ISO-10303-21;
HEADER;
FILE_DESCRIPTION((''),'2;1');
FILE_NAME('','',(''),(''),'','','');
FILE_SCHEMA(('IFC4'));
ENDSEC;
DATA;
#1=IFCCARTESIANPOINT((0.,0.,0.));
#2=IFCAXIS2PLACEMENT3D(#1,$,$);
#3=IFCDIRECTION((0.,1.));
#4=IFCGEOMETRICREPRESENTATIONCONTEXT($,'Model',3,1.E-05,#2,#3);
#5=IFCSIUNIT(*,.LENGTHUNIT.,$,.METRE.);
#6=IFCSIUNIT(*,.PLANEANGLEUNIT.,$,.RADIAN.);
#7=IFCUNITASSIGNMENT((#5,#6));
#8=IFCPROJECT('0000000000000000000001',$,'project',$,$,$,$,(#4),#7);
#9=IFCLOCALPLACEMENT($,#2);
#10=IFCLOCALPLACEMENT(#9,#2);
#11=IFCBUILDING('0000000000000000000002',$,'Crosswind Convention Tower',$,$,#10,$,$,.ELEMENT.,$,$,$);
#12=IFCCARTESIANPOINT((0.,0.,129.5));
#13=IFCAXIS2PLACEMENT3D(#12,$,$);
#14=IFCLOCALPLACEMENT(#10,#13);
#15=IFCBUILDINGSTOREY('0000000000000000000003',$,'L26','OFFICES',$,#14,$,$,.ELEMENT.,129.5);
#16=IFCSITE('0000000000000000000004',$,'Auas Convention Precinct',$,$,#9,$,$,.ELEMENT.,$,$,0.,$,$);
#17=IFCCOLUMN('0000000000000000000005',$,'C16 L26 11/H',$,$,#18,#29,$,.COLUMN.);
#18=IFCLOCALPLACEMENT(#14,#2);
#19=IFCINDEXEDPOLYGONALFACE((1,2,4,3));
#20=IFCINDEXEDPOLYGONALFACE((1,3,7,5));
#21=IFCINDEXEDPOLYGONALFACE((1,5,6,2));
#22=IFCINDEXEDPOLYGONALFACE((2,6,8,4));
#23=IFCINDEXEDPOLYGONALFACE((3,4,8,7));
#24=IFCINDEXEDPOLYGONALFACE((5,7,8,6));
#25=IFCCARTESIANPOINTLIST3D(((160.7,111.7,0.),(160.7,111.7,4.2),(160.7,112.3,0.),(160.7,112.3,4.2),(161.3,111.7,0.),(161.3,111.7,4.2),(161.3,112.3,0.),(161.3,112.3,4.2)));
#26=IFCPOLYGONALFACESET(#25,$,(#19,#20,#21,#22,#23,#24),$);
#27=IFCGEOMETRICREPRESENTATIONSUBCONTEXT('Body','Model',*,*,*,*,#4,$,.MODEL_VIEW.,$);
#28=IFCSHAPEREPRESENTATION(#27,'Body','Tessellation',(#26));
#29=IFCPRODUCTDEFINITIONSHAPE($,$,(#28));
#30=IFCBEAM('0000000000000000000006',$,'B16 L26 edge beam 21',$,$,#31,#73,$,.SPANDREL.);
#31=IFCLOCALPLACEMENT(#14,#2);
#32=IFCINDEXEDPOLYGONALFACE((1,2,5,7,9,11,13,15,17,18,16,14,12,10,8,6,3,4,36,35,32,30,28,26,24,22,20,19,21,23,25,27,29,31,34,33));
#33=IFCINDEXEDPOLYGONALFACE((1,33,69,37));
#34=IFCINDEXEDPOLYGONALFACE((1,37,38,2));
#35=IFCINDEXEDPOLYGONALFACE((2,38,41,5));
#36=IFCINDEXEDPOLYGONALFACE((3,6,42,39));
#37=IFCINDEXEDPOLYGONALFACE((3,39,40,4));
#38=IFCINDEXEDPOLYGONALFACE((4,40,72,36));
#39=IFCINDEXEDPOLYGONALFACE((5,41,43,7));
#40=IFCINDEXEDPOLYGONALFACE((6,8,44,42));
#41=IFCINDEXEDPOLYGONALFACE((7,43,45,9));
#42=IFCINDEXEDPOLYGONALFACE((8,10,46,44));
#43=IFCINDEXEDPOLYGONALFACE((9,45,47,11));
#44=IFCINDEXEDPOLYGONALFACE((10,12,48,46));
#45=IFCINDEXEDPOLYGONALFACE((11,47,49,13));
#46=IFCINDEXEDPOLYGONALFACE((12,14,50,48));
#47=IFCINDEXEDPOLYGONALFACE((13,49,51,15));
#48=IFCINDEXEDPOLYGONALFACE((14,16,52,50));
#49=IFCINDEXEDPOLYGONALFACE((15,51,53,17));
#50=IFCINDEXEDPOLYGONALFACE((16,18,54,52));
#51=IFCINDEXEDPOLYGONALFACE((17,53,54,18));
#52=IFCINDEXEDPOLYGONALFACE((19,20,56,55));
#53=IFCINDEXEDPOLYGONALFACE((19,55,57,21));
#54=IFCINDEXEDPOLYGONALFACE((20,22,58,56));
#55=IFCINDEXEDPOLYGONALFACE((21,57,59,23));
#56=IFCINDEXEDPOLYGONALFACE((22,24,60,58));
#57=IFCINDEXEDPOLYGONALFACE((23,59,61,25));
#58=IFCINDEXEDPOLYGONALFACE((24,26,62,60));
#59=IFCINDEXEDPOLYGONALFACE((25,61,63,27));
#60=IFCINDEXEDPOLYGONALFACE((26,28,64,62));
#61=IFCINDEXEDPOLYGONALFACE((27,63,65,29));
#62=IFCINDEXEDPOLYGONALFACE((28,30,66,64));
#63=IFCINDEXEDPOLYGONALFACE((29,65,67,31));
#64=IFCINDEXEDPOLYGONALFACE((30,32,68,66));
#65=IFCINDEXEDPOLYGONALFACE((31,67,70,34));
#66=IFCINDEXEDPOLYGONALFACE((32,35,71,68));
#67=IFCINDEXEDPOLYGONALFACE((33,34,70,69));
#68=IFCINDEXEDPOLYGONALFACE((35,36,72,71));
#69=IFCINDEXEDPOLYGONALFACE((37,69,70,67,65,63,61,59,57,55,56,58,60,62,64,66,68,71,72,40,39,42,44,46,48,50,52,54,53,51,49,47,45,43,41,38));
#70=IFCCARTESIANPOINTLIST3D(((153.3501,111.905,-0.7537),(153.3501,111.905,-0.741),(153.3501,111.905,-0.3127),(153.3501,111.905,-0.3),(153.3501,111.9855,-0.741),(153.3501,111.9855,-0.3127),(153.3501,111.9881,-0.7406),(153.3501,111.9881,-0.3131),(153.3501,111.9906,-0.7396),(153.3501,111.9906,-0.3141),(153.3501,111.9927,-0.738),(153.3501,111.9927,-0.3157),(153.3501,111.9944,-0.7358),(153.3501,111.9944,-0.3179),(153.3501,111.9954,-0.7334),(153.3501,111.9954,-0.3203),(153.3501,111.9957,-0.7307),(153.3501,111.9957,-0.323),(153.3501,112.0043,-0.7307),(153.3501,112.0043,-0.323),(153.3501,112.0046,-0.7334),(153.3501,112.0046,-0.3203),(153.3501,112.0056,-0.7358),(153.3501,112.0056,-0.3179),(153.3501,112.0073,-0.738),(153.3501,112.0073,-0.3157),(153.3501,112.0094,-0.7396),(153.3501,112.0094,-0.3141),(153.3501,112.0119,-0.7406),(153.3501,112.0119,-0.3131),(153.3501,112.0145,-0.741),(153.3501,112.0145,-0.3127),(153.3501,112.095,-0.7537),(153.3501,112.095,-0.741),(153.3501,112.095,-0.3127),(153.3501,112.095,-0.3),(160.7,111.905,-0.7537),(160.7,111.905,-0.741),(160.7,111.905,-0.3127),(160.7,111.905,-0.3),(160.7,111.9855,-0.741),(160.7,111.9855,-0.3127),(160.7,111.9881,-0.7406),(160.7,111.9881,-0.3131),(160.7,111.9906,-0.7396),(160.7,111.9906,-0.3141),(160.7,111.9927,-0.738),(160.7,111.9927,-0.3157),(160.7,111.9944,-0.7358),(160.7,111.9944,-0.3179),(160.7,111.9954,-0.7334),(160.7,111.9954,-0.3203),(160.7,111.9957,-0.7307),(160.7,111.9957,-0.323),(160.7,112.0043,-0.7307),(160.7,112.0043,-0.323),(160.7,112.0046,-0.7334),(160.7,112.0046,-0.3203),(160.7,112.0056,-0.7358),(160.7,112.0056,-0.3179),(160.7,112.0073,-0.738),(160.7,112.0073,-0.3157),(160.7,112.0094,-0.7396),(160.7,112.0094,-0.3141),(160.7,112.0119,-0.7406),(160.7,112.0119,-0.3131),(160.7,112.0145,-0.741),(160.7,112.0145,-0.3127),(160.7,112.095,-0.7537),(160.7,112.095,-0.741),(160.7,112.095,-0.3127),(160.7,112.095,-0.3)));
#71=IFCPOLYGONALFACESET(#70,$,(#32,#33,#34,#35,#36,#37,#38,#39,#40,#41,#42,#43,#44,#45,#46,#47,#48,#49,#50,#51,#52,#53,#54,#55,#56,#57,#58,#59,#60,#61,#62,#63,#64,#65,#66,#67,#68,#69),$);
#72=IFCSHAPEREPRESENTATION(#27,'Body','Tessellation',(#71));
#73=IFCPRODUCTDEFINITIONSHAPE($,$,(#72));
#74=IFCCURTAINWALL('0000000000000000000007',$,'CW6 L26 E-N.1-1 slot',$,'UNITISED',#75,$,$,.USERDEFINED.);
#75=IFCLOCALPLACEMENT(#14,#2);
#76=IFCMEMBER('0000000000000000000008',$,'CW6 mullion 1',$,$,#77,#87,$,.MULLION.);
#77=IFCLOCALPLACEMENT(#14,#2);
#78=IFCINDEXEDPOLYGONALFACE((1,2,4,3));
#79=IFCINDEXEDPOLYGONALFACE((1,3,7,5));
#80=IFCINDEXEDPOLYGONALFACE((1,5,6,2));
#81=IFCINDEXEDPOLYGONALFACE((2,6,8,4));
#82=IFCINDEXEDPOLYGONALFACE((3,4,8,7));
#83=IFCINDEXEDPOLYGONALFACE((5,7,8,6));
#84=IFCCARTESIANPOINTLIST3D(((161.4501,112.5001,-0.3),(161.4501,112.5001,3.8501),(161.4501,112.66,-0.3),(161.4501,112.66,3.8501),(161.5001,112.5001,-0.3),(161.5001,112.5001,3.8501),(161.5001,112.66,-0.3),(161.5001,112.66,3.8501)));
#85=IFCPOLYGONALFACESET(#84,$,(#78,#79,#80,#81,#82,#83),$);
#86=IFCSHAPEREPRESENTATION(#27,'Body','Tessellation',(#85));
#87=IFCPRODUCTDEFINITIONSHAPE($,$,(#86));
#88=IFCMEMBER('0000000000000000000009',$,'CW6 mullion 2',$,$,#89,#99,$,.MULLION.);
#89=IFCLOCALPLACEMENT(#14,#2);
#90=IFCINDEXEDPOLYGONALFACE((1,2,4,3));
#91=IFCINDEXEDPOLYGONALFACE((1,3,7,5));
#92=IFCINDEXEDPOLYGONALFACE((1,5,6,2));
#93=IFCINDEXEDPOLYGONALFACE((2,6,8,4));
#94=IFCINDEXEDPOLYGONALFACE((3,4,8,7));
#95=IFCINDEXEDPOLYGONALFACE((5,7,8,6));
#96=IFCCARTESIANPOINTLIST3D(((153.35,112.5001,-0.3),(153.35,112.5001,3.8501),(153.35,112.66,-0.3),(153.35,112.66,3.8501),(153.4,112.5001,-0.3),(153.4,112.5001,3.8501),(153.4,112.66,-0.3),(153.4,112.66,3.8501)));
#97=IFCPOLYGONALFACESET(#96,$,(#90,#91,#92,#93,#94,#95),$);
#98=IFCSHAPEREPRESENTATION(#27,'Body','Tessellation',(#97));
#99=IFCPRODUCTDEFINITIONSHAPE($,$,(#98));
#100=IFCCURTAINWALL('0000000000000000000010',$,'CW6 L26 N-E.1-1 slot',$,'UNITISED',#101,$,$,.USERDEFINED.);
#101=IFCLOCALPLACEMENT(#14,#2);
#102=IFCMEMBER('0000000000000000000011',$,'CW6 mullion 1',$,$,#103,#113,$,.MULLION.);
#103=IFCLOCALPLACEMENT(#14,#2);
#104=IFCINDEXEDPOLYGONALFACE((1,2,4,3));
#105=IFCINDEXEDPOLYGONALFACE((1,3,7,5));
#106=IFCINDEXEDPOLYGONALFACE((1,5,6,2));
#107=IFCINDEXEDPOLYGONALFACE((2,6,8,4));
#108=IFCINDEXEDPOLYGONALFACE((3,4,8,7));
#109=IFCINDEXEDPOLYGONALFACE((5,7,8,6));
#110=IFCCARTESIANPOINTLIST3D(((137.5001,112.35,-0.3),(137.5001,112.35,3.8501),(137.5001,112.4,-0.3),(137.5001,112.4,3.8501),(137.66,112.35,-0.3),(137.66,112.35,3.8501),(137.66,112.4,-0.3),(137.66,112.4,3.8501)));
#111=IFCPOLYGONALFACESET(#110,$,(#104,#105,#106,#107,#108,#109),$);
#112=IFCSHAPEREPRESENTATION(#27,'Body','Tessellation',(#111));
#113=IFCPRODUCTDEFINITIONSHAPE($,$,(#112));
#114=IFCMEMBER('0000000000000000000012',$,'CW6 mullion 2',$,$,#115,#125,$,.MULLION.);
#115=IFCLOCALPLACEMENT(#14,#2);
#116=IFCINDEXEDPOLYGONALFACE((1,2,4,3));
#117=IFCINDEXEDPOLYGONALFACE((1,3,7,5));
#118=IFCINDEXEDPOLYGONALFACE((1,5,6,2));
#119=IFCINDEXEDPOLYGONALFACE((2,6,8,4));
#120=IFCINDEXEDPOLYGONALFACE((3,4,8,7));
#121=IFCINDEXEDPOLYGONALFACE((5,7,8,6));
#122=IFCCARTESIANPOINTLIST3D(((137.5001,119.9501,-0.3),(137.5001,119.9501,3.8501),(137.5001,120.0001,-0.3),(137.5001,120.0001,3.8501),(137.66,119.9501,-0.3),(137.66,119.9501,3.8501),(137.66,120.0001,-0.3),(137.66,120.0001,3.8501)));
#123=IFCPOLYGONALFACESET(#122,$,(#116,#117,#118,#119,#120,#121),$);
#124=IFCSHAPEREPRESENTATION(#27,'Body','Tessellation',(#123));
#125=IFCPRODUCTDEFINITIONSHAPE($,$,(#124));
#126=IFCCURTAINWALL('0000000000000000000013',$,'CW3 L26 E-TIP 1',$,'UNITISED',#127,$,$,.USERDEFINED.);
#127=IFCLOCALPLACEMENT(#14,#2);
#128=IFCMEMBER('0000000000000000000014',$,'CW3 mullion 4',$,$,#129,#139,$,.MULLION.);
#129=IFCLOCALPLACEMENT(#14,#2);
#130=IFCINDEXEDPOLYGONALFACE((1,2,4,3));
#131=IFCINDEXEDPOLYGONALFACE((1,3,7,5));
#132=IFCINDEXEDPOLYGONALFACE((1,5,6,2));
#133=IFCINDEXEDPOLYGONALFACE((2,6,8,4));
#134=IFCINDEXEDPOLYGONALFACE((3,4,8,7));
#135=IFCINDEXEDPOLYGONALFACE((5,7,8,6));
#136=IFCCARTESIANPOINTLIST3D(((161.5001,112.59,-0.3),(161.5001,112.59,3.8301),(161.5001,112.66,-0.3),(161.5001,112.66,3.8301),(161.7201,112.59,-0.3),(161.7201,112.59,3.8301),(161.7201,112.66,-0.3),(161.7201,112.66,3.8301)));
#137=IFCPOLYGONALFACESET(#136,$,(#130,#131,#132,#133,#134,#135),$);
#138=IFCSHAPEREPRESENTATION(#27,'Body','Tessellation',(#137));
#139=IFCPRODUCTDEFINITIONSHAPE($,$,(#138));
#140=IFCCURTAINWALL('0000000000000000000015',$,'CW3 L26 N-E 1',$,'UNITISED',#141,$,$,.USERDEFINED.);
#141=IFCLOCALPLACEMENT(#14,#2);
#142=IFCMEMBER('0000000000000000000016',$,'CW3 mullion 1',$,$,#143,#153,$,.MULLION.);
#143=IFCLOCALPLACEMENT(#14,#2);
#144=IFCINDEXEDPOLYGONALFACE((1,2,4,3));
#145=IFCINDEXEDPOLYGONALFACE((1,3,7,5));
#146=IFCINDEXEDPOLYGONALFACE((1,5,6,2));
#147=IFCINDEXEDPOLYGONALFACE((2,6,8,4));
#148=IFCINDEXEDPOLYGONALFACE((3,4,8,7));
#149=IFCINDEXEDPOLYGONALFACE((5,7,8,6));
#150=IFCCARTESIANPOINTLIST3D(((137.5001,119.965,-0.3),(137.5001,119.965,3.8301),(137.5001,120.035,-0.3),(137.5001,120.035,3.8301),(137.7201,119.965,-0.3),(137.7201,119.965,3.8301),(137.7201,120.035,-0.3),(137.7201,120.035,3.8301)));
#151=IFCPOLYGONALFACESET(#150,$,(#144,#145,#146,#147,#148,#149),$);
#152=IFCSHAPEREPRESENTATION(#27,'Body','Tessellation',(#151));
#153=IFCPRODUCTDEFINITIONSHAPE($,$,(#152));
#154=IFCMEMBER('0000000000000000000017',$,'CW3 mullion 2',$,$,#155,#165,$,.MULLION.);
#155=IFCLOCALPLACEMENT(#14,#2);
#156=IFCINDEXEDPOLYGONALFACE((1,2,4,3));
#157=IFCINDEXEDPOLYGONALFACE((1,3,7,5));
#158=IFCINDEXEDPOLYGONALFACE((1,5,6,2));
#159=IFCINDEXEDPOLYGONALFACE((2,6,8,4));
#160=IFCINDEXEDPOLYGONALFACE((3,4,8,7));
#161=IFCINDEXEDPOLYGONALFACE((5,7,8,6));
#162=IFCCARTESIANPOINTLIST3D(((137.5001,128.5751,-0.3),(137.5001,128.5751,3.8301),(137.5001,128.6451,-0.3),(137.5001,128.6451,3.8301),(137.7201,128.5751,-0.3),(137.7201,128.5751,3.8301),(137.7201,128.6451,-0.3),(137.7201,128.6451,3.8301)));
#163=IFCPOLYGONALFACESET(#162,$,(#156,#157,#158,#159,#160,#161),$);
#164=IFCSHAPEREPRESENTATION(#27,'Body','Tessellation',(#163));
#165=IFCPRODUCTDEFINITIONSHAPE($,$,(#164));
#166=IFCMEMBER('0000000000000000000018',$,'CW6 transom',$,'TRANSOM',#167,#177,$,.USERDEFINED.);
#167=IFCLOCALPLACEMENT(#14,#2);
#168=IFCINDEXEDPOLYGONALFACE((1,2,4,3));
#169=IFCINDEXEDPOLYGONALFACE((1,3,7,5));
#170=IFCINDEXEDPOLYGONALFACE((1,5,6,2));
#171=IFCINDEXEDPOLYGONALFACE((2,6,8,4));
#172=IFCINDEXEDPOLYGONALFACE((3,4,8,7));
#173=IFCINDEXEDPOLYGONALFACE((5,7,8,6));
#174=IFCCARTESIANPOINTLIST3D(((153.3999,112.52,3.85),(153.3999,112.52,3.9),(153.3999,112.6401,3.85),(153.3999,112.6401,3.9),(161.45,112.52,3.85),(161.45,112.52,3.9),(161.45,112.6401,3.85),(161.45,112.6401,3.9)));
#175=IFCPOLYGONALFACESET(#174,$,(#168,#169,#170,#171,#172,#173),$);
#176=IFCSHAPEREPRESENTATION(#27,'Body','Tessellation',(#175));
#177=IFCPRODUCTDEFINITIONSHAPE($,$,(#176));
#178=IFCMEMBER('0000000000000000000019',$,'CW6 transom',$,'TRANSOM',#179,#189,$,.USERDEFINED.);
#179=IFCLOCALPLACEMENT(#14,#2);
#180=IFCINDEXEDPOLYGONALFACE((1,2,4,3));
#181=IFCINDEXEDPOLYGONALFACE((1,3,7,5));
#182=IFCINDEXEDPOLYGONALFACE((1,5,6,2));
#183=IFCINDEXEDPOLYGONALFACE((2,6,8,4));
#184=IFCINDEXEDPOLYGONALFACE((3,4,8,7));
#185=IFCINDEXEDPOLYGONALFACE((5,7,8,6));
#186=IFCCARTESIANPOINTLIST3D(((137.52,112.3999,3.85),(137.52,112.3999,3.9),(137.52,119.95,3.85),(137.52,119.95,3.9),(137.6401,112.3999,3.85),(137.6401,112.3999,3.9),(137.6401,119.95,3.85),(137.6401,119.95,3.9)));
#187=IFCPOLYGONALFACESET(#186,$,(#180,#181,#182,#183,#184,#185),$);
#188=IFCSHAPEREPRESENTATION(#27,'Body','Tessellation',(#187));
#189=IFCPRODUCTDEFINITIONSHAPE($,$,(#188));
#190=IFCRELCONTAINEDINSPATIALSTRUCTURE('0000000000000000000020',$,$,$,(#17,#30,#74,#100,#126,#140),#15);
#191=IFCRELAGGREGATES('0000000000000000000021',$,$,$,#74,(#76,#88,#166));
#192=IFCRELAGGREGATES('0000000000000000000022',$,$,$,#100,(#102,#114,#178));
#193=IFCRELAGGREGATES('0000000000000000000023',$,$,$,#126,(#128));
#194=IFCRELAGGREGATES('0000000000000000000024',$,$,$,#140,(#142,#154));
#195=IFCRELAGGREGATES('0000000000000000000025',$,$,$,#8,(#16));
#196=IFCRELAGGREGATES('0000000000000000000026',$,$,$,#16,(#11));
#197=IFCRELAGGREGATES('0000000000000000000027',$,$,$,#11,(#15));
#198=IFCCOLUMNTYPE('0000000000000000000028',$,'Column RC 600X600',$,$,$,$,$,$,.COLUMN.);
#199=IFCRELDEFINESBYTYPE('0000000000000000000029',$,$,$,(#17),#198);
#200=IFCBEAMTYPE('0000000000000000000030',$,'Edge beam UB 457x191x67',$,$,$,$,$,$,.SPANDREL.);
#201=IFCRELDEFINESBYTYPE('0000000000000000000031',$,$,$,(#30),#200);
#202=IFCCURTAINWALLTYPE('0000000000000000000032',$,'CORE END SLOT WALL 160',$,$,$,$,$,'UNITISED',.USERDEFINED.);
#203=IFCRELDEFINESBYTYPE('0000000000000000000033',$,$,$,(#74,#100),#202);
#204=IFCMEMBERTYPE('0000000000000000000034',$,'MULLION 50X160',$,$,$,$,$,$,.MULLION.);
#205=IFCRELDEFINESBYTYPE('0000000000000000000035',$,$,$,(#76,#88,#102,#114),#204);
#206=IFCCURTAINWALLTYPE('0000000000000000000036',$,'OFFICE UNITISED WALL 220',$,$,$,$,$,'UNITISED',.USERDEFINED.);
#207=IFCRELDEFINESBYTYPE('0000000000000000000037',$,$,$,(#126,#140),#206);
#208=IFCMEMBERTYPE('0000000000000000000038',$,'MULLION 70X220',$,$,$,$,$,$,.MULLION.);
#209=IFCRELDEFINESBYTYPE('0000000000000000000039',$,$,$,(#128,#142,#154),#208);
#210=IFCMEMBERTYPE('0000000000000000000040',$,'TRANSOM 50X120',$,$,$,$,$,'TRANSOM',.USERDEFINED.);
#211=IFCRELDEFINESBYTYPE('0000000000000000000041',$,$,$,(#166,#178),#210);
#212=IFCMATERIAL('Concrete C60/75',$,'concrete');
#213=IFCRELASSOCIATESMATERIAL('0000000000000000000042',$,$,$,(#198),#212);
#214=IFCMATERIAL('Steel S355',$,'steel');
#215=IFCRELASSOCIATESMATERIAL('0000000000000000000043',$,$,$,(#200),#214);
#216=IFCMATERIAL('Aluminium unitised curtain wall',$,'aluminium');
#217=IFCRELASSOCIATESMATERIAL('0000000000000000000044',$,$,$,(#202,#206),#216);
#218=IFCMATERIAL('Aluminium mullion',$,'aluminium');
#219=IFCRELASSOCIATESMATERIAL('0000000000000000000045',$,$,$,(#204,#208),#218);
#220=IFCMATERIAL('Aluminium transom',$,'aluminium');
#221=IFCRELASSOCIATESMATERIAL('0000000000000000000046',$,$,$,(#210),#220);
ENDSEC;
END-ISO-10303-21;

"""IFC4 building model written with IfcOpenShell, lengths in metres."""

from ifc_helpers import new_model, si_unit, direction, frame, origin, origin_2d, place, context, subcontext, project, spatial, rectangle, i_section, extrude, material, material_profile, profile_set, type_object, element, aggregate, save


model = new_model("IFC4")

# Units and contexts
model_context = context("Model", 3, precision=1e-05, world=origin(), true_north=direction((0.0, 1.0)))
body_context = subcontext(model_context, "Body", "Model", "MODEL_VIEW")
ifc_project = project(units=[si_unit("LENGTHUNIT", "METRE"), si_unit("PLANEANGLEUNIT", "RADIAN")], contexts=[model_context])

# Site, building, storey
site_placement = place(None, origin())
site = spatial("IfcSite", under=ifc_project, at=site_placement, Name="Auas Convention Precinct", CompositionType="ELEMENT", RefElevation=0.0)
building_placement = place(site_placement, origin())
building = spatial("IfcBuilding", under=site, at=building_placement, Name="Crosswind Convention Tower", CompositionType="ELEMENT")
storey_placement = place(building_placement, frame((0.0, 0.0, 129.5)))
storey = spatial("IfcBuildingStorey", under=building, at=storey_placement, Name="L26", Description="OFFICES", CompositionType="ELEMENT", Elevation=129.5)

# Column
ifc_material_1 = material(Name="Concrete C60/75", Category="concrete")
ifc_material_profile_1 = material_profile(ifc_material_1, rectangle(XDim=0.6001, YDim=0.6001, at=origin_2d()), Name="RC 600X600")
ifc_profile_set_1 = profile_set([ifc_material_profile_1], Name="Concrete C60/75")
column_type = type_object("IfcColumnType", Name="Column RC 600X600", PredefinedType="COLUMN", material=ifc_profile_set_1)
column_placement = place(storey_placement, frame((161.0, 112.0, 0.0), z_axis=(0.0, 0.0, 1.0), x_axis=(1.0, 0.0, 0.0)))
element("IfcColumn", 1, at=column_placement, inside=storey, type_object=column_type, Name="C16 L26 11/H", PredefinedType="COLUMN", context=body_context, shape_type="SweptSolid", body=[
    extrude(rectangle(XDim=0.6001, YDim=0.6001, at=origin_2d()), origin(), (0.0, 0.0, 1.0), 4.2),
])

# Beam
ifc_material_2 = material(Name="Steel S355", Category="steel")
ifc_material_profile_2 = material_profile(ifc_material_2, i_section(OverallWidth=0.1899, OverallDepth=0.4536, WebThickness=0.0085, FlangeThickness=0.0127, FilletRadius=0.0103, at=origin_2d()), Name="UB 457x191x67")
ifc_profile_set_2 = profile_set([ifc_material_profile_2], Name="Steel S355")
beam_type = type_object("IfcBeamType", Name="Edge beam UB 457x191x67", PredefinedType="SPANDREL", material=ifc_profile_set_2)
beam_placement = place(storey_placement, frame((153.3501, 112.0, -0.5269), z_axis=(1.0, 0.0, 0.0), x_axis=(0.0, 1.0, 0.0)))
element("IfcBeam", 2, at=beam_placement, inside=storey, type_object=beam_type, Name="B16 L26 edge beam 21", PredefinedType="SPANDREL", context=body_context, shape_type="SweptSolid", body=[
    extrude(i_section(OverallWidth=0.1899, OverallDepth=0.4536, WebThickness=0.0085, FlangeThickness=0.0127, FilletRadius=0.0103, at=origin_2d()), origin(), (0.0, 0.0, 1.0), 7.3499),
])

# Curtain walls, members
ifc_material_3 = material(Name="Aluminium unitised curtain wall", Category="aluminium")
curtain_wall_type_1 = type_object("IfcCurtainWallType", Name="CORE END SLOT WALL 160", ElementType="UNITISED", PredefinedType="USERDEFINED", material=ifc_material_3)
curtain_wall_1_placement = place(storey_placement, origin())
curtain_wall_1 = element("IfcCurtainWall", 3, at=curtain_wall_1_placement, inside=storey, type_object=curtain_wall_type_1, Name="CW6 L26 E-N.1-1 slot", ObjectType="UNITISED", PredefinedType="USERDEFINED")
ifc_material_4 = material(Name="Aluminium mullion", Category="aluminium")
ifc_material_profile_3 = material_profile(ifc_material_4, rectangle(XDim=0.1599, YDim=0.05, at=origin_2d()), Name="AL 160X50")
ifc_profile_set_3 = profile_set([ifc_material_profile_3], Name="Aluminium mullion")
member_type_1 = type_object("IfcMemberType", Name="MULLION 50X160", PredefinedType="MULLION", material=ifc_profile_set_3)
member_1_placement = place(storey_placement, frame((161.4751, 112.5801, -0.3), z_axis=(0.0, 0.0, 1.0), x_axis=(0.0, 1.0, 0.0)))
member_1 = element("IfcMember", 4, at=member_1_placement, type_object=member_type_1, Name="CW6 mullion 1", PredefinedType="MULLION", context=body_context, shape_type="SweptSolid", body=[
    extrude(rectangle(XDim=0.1599, YDim=0.05, at=origin_2d()), origin(), (0.0, 0.0, 1.0), 4.1501),
])
member_2_placement = place(storey_placement, frame((153.375, 112.5801, -0.3), z_axis=(0.0, 0.0, 1.0), x_axis=(0.0, 1.0, 0.0)))
member_2 = element("IfcMember", 5, at=member_2_placement, type_object=member_type_1, Name="CW6 mullion 2", PredefinedType="MULLION", context=body_context, shape_type="SweptSolid", body=[
    extrude(rectangle(XDim=0.1599, YDim=0.05, at=origin_2d()), origin(), (0.0, 0.0, 1.0), 4.1501),
])
curtain_wall_2_placement = place(storey_placement, origin())
curtain_wall_2 = element("IfcCurtainWall", 6, at=curtain_wall_2_placement, inside=storey, type_object=curtain_wall_type_1, Name="CW6 L26 N-E.1-1 slot", ObjectType="UNITISED", PredefinedType="USERDEFINED")
member_3_placement = place(storey_placement, frame((137.5801, 112.375, -0.3), z_axis=(0.0, 0.0, 1.0), x_axis=(1.0, 0.0, 0.0)))
member_3 = element("IfcMember", 7, at=member_3_placement, type_object=member_type_1, Name="CW6 mullion 1", PredefinedType="MULLION", context=body_context, shape_type="SweptSolid", body=[
    extrude(rectangle(XDim=0.1599, YDim=0.05, at=origin_2d()), origin(), (0.0, 0.0, 1.0), 4.1501),
])
member_4_placement = place(storey_placement, frame((137.5801, 119.9751, -0.3), z_axis=(0.0, 0.0, 1.0), x_axis=(1.0, 0.0, 0.0)))
member_4 = element("IfcMember", 8, at=member_4_placement, type_object=member_type_1, Name="CW6 mullion 2", PredefinedType="MULLION", context=body_context, shape_type="SweptSolid", body=[
    extrude(rectangle(XDim=0.1599, YDim=0.05, at=origin_2d()), origin(), (0.0, 0.0, 1.0), 4.1501),
])

# Curtain wall, member
curtain_wall_type_2 = type_object("IfcCurtainWallType", Name="OFFICE UNITISED WALL 220", ElementType="UNITISED", PredefinedType="USERDEFINED", material=ifc_material_3)
curtain_wall_3_placement = place(storey_placement, origin())
curtain_wall_3 = element("IfcCurtainWall", 9, at=curtain_wall_3_placement, inside=storey, type_object=curtain_wall_type_2, Name="CW3 L26 E-TIP 1", ObjectType="UNITISED", PredefinedType="USERDEFINED")
ifc_material_profile_4 = material_profile(ifc_material_4, rectangle(XDim=0.22, YDim=0.0701, at=origin_2d()), Name="AL 220X70")
ifc_profile_set_4 = profile_set([ifc_material_profile_4], Name="Aluminium mullion")
member_type_2 = type_object("IfcMemberType", Name="MULLION 70X220", PredefinedType="MULLION", material=ifc_profile_set_4)
member_5_placement = place(storey_placement, frame((161.6101, 112.625, -0.3), z_axis=(0.0, 0.0, 1.0), x_axis=(1.0, 0.0, 0.0)))
member_5 = element("IfcMember", 10, at=member_5_placement, type_object=member_type_2, Name="CW3 mullion 4", PredefinedType="MULLION", context=body_context, shape_type="SweptSolid", body=[
    extrude(rectangle(XDim=0.22, YDim=0.0701, at=origin_2d()), origin(), (0.0, 0.0, 1.0), 4.1301),
])

# Curtain wall, members
curtain_wall_4_placement = place(storey_placement, origin())
curtain_wall_4 = element("IfcCurtainWall", 11, at=curtain_wall_4_placement, inside=storey, type_object=curtain_wall_type_2, Name="CW3 L26 N-E 1", ObjectType="UNITISED", PredefinedType="USERDEFINED")
member_6_placement = place(storey_placement, frame((137.6101, 120.0, -0.3), z_axis=(0.0, 0.0, 1.0), x_axis=(1.0, 0.0, 0.0)))
member_6 = element("IfcMember", 12, at=member_6_placement, type_object=member_type_2, Name="CW3 mullion 1", PredefinedType="MULLION", context=body_context, shape_type="SweptSolid", body=[
    extrude(rectangle(XDim=0.22, YDim=0.0701, at=origin_2d()), origin(), (0.0, 0.0, 1.0), 4.1301),
])
member_7_placement = place(storey_placement, frame((137.6101, 128.6101, -0.3), z_axis=(0.0, 0.0, 1.0), x_axis=(1.0, 0.0, 0.0)))
member_7 = element("IfcMember", 13, at=member_7_placement, type_object=member_type_2, Name="CW3 mullion 2", PredefinedType="MULLION", context=body_context, shape_type="SweptSolid", body=[
    extrude(rectangle(XDim=0.22, YDim=0.0701, at=origin_2d()), origin(), (0.0, 0.0, 1.0), 4.1301),
])

# Members
ifc_material_5 = material(Name="Aluminium transom", Category="aluminium")
ifc_material_profile_5 = material_profile(ifc_material_5, rectangle(XDim=0.1201, YDim=0.05, at=origin_2d()), Name="AL 120X50")
ifc_profile_set_5 = profile_set([ifc_material_profile_5], Name="Aluminium transom")
member_type_3 = type_object("IfcMemberType", Name="TRANSOM 50X120", ElementType="TRANSOM", PredefinedType="USERDEFINED", material=ifc_profile_set_5)
member_8_placement = place(storey_placement, frame((161.45, 112.5801, 3.875), z_axis=(-1.0, 0.0, 0.0), x_axis=(0.0, -1.0, 0.0)))
member_8 = element("IfcMember", 14, at=member_8_placement, type_object=member_type_3, Name="CW6 transom", ObjectType="TRANSOM", PredefinedType="USERDEFINED", context=body_context, shape_type="SweptSolid", body=[
    extrude(rectangle(XDim=0.1201, YDim=0.05, at=origin_2d()), origin(), (0.0, 0.0, 1.0), 8.05),
])
member_9_placement = place(storey_placement, frame((137.5801, 112.3999, 3.875), z_axis=(0.0, 1.0, 0.0), x_axis=(-1.0, 0.0, 0.0)))
member_9 = element("IfcMember", 15, at=member_9_placement, type_object=member_type_3, Name="CW6 transom", ObjectType="TRANSOM", PredefinedType="USERDEFINED", context=body_context, shape_type="SweptSolid", body=[
    extrude(rectangle(XDim=0.1201, YDim=0.05, at=origin_2d()), origin(), (0.0, 0.0, 1.0), 7.55),
])

aggregate(curtain_wall_1, [member_1, member_2, member_8])
aggregate(curtain_wall_2, [member_3, member_4, member_9])
aggregate(curtain_wall_3, [member_5])

aggregate(curtain_wall_4, [member_6, member_7])

save(model, "model.ifc")
